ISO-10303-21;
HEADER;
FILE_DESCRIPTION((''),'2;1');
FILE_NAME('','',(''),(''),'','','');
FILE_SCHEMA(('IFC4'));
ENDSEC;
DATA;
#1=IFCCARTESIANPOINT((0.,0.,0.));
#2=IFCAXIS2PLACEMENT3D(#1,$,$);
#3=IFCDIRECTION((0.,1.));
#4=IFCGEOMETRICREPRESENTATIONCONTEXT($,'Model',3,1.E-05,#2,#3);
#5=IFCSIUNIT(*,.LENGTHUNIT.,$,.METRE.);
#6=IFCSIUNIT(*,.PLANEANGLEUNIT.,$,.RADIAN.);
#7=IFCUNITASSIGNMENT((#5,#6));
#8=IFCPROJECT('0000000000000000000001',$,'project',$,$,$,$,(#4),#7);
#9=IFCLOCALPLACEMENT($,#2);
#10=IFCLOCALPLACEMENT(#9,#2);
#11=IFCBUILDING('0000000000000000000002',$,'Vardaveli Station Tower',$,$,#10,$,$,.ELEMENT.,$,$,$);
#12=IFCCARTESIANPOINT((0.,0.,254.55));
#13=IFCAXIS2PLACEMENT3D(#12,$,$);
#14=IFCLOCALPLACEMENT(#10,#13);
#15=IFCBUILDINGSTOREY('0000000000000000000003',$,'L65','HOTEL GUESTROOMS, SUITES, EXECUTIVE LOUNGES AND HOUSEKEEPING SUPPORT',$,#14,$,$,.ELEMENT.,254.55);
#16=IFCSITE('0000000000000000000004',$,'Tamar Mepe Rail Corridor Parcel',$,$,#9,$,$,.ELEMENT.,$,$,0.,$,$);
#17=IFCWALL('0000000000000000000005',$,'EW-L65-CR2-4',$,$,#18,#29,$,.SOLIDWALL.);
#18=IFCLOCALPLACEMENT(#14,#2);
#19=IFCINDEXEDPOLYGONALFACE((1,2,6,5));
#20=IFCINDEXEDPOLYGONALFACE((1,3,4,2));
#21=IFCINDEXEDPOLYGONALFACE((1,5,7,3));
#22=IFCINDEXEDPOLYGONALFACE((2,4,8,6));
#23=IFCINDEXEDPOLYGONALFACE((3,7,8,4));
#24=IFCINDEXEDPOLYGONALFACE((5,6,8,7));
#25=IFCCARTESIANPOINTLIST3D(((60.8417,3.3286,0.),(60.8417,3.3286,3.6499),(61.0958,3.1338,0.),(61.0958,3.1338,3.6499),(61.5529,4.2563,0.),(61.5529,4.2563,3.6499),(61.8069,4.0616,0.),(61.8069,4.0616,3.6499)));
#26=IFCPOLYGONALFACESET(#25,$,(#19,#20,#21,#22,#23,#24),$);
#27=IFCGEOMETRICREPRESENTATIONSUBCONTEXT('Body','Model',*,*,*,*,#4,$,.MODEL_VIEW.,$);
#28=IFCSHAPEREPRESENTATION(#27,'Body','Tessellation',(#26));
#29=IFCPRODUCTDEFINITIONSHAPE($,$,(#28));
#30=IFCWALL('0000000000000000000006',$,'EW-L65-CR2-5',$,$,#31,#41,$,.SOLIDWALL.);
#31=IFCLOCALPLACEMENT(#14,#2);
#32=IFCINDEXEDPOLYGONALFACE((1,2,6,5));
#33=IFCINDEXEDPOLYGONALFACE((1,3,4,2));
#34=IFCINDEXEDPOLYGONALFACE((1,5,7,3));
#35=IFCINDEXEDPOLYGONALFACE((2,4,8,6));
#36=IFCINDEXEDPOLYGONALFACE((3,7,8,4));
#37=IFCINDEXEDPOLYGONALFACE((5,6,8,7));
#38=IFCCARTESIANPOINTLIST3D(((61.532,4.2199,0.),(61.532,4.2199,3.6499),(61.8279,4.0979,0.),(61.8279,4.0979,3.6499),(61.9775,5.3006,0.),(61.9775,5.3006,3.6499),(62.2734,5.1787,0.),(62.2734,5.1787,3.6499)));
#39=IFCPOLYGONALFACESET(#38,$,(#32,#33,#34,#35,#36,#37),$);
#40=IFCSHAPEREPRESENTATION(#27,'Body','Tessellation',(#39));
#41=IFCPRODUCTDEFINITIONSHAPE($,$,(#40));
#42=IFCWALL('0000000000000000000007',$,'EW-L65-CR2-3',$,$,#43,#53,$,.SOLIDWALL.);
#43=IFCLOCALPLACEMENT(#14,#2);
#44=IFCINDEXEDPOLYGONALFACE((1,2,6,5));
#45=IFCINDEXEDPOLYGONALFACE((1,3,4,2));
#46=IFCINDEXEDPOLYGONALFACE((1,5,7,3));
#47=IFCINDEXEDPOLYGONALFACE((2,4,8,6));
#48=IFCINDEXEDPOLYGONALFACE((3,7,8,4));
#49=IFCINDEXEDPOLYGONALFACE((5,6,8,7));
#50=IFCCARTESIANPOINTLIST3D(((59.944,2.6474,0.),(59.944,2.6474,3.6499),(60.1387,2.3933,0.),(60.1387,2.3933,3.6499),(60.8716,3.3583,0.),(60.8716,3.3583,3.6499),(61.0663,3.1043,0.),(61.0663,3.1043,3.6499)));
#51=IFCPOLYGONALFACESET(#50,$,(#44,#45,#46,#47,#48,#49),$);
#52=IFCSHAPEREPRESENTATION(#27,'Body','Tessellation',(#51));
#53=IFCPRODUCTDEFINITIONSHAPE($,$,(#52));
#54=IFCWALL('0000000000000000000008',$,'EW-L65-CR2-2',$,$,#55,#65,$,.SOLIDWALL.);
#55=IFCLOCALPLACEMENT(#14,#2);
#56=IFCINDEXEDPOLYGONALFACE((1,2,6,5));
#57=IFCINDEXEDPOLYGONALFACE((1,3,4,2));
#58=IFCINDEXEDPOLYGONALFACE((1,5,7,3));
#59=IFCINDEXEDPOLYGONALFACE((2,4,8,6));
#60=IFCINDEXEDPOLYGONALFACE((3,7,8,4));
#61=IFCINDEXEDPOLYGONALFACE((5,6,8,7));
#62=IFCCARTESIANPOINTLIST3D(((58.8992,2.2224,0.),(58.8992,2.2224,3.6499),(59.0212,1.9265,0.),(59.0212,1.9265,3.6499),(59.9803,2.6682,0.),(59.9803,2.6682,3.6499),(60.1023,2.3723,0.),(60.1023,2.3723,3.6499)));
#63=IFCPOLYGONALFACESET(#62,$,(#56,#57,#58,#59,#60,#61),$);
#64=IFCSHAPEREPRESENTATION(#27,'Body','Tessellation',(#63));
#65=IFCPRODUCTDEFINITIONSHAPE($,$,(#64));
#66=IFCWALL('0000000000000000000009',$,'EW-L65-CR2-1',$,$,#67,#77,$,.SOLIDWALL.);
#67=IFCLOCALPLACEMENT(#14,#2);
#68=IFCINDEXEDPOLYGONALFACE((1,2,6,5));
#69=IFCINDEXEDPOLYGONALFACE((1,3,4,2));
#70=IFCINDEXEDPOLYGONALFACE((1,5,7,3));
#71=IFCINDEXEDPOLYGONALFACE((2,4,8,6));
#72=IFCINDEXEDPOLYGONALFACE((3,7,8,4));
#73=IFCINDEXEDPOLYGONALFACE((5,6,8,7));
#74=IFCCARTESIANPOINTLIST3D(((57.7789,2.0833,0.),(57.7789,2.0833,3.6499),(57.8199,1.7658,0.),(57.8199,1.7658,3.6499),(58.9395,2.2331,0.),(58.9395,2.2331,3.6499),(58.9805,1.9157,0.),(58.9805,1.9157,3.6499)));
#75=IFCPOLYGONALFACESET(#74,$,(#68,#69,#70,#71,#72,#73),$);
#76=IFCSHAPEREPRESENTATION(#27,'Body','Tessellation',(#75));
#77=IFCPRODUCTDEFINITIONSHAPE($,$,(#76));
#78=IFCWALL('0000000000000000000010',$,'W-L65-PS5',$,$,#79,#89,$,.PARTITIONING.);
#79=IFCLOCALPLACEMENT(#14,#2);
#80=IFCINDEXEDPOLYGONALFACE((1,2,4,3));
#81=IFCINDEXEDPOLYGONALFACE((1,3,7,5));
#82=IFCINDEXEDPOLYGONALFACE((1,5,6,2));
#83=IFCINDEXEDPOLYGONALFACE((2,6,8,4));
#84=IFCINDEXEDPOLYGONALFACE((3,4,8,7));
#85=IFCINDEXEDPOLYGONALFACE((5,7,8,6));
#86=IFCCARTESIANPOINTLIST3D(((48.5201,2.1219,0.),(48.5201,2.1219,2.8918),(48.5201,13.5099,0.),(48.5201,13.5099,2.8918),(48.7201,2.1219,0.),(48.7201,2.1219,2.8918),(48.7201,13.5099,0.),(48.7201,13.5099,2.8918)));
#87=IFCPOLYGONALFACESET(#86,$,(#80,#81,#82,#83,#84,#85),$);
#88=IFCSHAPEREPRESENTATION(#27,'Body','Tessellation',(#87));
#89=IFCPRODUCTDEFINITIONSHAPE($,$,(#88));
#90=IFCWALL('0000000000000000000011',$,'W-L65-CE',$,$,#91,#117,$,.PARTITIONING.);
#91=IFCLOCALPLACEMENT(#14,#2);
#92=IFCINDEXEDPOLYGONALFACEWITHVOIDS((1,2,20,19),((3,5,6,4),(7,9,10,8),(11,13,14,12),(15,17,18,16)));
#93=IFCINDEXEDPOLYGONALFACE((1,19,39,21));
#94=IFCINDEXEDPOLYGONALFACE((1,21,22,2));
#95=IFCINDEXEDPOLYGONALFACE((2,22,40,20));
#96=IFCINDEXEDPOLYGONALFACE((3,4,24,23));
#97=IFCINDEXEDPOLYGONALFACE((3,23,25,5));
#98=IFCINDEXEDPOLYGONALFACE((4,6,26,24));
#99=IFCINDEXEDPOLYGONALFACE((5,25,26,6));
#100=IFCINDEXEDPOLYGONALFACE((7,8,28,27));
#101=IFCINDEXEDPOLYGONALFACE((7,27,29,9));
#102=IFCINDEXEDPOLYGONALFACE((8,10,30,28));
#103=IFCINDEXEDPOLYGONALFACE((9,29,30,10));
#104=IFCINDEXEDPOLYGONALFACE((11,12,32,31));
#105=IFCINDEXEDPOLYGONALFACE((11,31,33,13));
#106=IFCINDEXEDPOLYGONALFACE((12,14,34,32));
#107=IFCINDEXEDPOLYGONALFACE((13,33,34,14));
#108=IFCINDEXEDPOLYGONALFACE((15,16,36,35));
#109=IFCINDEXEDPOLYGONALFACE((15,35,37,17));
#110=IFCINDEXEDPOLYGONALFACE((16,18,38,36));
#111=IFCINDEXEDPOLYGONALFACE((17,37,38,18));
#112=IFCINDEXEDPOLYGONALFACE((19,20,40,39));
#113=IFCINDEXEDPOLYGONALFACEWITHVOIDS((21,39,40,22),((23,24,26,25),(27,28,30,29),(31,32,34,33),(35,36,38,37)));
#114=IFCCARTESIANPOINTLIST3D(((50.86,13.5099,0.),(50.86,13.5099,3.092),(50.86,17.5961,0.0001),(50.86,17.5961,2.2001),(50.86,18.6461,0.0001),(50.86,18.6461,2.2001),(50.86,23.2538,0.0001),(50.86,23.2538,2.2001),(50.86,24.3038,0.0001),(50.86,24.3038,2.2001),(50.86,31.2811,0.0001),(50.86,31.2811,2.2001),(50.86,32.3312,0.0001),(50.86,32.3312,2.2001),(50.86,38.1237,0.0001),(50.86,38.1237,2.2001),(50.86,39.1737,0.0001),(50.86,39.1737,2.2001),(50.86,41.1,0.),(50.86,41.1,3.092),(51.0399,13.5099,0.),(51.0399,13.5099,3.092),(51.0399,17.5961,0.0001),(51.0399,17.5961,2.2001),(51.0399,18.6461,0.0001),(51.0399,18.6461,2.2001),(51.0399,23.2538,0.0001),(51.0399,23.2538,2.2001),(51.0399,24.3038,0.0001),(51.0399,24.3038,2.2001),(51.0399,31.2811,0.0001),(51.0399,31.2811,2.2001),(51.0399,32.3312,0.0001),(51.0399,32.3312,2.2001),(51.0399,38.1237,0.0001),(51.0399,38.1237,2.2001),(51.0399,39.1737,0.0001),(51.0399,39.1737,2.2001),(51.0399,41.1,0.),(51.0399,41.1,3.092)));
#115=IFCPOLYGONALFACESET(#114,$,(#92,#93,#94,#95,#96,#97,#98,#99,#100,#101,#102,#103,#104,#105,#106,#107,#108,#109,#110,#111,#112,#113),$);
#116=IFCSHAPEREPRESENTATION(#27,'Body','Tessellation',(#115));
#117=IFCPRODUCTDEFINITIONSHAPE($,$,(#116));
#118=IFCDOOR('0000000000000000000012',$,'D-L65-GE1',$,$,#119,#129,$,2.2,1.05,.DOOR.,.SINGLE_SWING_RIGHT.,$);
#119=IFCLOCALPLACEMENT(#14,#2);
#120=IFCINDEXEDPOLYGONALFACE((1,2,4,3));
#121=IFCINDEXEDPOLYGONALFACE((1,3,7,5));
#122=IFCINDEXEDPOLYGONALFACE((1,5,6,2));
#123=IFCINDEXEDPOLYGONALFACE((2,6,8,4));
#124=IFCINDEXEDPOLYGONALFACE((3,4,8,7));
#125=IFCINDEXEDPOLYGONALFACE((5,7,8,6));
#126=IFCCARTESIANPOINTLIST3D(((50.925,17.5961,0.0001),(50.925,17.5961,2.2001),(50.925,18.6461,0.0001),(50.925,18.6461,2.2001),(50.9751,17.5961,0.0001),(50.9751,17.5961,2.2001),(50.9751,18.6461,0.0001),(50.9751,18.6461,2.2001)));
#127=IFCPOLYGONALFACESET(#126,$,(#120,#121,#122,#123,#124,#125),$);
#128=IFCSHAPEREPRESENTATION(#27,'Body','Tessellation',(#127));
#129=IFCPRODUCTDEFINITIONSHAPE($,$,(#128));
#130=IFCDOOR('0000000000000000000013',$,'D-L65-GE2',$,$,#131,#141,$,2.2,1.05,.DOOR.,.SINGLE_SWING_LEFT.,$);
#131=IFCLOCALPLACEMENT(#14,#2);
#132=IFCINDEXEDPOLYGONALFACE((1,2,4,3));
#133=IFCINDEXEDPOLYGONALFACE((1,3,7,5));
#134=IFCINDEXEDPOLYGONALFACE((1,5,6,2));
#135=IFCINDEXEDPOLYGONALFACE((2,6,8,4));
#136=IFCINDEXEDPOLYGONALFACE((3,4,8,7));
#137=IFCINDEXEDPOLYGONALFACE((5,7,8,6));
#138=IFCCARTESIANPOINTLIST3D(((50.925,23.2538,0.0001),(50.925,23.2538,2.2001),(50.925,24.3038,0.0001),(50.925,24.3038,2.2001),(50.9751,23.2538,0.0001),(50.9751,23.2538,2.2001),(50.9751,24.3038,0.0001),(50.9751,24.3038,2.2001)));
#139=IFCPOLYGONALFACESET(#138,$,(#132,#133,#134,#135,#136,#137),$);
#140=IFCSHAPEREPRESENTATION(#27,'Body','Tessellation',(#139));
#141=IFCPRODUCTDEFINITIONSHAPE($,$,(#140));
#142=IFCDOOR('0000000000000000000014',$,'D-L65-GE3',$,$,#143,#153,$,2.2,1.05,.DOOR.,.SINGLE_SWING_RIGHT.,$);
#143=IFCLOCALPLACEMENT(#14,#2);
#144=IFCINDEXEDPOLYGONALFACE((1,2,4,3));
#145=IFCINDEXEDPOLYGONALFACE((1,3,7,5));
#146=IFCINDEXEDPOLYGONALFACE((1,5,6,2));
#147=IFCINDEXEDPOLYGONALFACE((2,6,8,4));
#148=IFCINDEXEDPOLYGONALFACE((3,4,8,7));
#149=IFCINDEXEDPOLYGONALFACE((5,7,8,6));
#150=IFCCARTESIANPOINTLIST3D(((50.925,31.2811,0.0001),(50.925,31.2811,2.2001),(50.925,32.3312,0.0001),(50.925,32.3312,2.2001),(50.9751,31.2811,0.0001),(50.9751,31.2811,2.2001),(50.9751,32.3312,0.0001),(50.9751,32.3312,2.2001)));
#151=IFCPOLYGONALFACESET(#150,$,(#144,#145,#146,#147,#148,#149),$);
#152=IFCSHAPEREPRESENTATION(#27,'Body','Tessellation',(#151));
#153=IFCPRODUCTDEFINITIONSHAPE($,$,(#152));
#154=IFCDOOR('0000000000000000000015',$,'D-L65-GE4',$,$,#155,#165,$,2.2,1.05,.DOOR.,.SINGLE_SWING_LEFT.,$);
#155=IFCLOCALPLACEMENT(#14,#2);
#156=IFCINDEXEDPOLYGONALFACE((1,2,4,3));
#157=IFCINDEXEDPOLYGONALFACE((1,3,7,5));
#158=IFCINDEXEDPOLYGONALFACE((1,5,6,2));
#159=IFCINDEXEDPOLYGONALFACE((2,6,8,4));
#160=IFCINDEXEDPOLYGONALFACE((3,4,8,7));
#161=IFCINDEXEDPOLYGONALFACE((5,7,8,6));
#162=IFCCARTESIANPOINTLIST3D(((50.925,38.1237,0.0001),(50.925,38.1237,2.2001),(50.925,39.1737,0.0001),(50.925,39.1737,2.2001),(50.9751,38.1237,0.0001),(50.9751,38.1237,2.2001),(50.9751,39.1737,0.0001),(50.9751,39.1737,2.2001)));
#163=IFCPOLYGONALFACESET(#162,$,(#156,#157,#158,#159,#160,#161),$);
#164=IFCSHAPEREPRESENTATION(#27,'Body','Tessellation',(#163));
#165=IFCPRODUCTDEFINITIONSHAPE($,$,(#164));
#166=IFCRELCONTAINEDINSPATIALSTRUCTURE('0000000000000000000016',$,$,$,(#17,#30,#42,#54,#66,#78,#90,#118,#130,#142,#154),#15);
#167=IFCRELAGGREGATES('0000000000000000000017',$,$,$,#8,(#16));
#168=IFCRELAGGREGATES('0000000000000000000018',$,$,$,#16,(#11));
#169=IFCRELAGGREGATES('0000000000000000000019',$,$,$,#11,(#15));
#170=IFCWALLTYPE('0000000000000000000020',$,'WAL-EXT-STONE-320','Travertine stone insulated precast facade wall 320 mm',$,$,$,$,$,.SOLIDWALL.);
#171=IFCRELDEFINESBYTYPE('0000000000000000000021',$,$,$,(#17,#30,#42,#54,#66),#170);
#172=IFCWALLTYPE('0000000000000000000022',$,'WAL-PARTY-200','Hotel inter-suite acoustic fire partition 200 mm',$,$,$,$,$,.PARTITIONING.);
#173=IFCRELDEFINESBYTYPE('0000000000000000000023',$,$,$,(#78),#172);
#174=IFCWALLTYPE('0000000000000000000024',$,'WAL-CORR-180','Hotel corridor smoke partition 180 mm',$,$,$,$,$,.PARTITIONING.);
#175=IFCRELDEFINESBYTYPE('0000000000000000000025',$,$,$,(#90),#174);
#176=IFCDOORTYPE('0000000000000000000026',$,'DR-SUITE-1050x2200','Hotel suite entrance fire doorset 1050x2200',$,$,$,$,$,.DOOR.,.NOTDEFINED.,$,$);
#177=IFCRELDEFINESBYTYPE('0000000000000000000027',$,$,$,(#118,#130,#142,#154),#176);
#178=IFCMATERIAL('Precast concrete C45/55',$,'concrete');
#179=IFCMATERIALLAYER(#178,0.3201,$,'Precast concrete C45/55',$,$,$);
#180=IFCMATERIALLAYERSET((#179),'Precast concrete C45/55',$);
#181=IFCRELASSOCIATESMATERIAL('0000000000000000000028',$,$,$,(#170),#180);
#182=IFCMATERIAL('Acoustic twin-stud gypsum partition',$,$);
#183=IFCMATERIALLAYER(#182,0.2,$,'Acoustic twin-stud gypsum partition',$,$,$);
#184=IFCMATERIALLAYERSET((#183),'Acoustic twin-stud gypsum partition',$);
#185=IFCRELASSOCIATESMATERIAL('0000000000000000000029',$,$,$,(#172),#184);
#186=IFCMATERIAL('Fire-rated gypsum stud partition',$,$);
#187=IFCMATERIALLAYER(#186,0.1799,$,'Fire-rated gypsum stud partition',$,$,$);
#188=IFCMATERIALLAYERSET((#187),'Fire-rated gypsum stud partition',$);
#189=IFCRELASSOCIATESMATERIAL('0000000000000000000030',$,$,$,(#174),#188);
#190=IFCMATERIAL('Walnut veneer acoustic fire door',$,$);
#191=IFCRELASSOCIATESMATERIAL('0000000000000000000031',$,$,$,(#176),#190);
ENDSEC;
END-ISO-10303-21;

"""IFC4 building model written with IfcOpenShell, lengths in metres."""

from ifc_helpers import new_model, si_unit, direction, frame, frame_2d, origin, place, context, subcontext, project, spatial, rectangle, extrude, source, transform, mapped, material, layer, layer_set, type_object, element, fill, save


model = new_model("IFC4")

# Units and contexts
model_context = context("Model", 3, precision=1e-05, world=origin(), true_north=direction((0.0, 1.0)))
body_context = subcontext(model_context, "Body", "Model", "MODEL_VIEW")
ifc_project = project(units=[si_unit("LENGTHUNIT", "METRE"), si_unit("PLANEANGLEUNIT", "RADIAN")], contexts=[model_context])

# Site, building, storey
site_placement = place(None, origin())
site = spatial("IfcSite", under=ifc_project, at=site_placement, Name="Tamar Mepe Rail Corridor Parcel", CompositionType="ELEMENT", RefElevation=0.0)
building_placement = place(site_placement, origin())
building = spatial("IfcBuilding", under=site, at=building_placement, Name="Vardaveli Station Tower", CompositionType="ELEMENT")
storey_placement = place(building_placement, frame((0.0, 0.0, 254.55)))
storey = spatial("IfcBuildingStorey", under=building, at=storey_placement, Name="L65", Description="HOTEL GUESTROOMS, SUITES, EXECUTIVE LOUNGES AND HOUSEKEEPING SUPPORT", CompositionType="ELEMENT", Elevation=254.55)

# Shared definitions
ifc_material_1 = material(Name="Precast concrete C45/55", Category="concrete")

# Shared definitions
ifc_layer_1 = layer(ifc_material_1, 0.3201, Name="Precast concrete C45/55")
ifc_layer_set_1 = layer_set([ifc_layer_1], Name="Precast concrete C45/55")
wall_type_1 = type_object("IfcWallType", Name="WAL-EXT-STONE-320", Description="Travertine stone insulated precast facade wall 320 mm", PredefinedType="SOLIDWALL", material=ifc_layer_set_1)

# Walls
shared_shape_1 = source(origin(), body_context, "Body", "SweptSolid", [
    extrude(rectangle(XDim=1.1689, YDim=0.3201, at=frame_2d((0.5845, 0.0))), origin(), (0.0, 0.0, 1.0), 3.6499),
])
for number, where, z_axis, x_axis, name in (
    (1, (60.9688, 3.2312, 0.0), (0.0, 0.0, 1.0), (0.608388, 0.79364, 0.0), "EW-L65-CR2-4"),
    (2, (61.6799, 4.1589, 0.0), (0.0, 0.0, 1.0), (0.381128, 0.924522, 0.0), "EW-L65-CR2-5"),
):
    element("IfcWall", number, at=place(storey_placement, frame(where, z_axis=z_axis, x_axis=x_axis)), inside=storey, type_object=wall_type_1, Name=name, PredefinedType="SOLIDWALL", context=body_context, shape_type="MappedRepresentation", body=[
        mapped(shared_shape_1, transform((0.0, 0.0, 0.0), scale=1.0)),
    ])
shared_shape_2 = source(origin(), body_context, "Body", "SweptSolid", [
    extrude(rectangle(XDim=1.1687, YDim=0.3201, at=frame_2d((0.5845, 0.0))), origin(), (0.0, 0.0, 1.0), 3.6499),
])
wall_1_placement = place(storey_placement, frame((60.0413, 2.5203, 0.0), z_axis=(0.0, 0.0, 1.0), x_axis=(0.793664, 0.608357, 0.0)))
element("IfcWall", 3, at=wall_1_placement, inside=storey, type_object=wall_type_1, Name="EW-L65-CR2-3", PredefinedType="SOLIDWALL", context=body_context, shape_type="MappedRepresentation", body=[
    mapped(shared_shape_2, transform((0.0, 0.0, 0.0), scale=1.0)),
])
shared_shape_3 = source(origin(), body_context, "Body", "SweptSolid", [
    extrude(rectangle(XDim=1.1694, YDim=0.3201, at=frame_2d((0.5847, 0.0))), origin(), (0.0, 0.0, 1.0), 3.6499),
])
wall_2_placement = place(storey_placement, frame((58.9602, 2.0745, 0.0), z_axis=(0.0, 0.0, 1.0), x_axis=(0.924479, 0.381233, 0.0)))
element("IfcWall", 4, at=wall_2_placement, inside=storey, type_object=wall_type_1, Name="EW-L65-CR2-2", PredefinedType="SOLIDWALL", context=body_context, shape_type="MappedRepresentation", body=[
    mapped(shared_shape_3, transform((0.0, 0.0, 0.0), scale=1.0)),
])
shared_shape_4 = source(origin(), body_context, "Body", "SweptSolid", [
    extrude(rectangle(XDim=1.1702, YDim=0.3201, at=frame_2d((0.585, 0.0))), origin(), (0.0, 0.0, 1.0), 3.6499),
])
wall_3_placement = place(storey_placement, frame((57.7996, 1.9246, 0.0), z_axis=(0.0, 0.0, 1.0), x_axis=(0.991762, 0.12809, 0.0)))
element("IfcWall", 5, at=wall_3_placement, inside=storey, type_object=wall_type_1, Name="EW-L65-CR2-1", PredefinedType="SOLIDWALL", context=body_context, shape_type="MappedRepresentation", body=[
    mapped(shared_shape_4, transform((0.0, 0.0, 0.0), scale=1.0)),
])
ifc_material_2 = material(Name="Acoustic twin-stud gypsum partition")
ifc_layer_2 = layer(ifc_material_2, 0.2, Name="Acoustic twin-stud gypsum partition")
ifc_layer_set_2 = layer_set([ifc_layer_2], Name="Acoustic twin-stud gypsum partition")
wall_type_2 = type_object("IfcWallType", Name="WAL-PARTY-200", Description="Hotel inter-suite acoustic fire partition 200 mm", PredefinedType="PARTITIONING", material=ifc_layer_set_2)
shared_shape_5 = source(origin(), body_context, "Body", "SweptSolid", [
    extrude(rectangle(XDim=11.3879, YDim=0.2, at=frame_2d((5.6938, 0.0))), origin(), (0.0, 0.0, 1.0), 2.8918),
])
wall_4_placement = place(storey_placement, frame((48.6201, 2.1221, 0.0), z_axis=(0.0, 0.0, 1.0), x_axis=(0.0, 1.0, 0.0)))
element("IfcWall", 6, at=wall_4_placement, inside=storey, type_object=wall_type_2, Name="W-L65-PS5", PredefinedType="PARTITIONING", context=body_context, shape_type="MappedRepresentation", body=[
    mapped(shared_shape_5, transform((0.0, 0.0, 0.0), scale=1.0)),
])

# Wall, openings, doors
ifc_material_3 = material(Name="Fire-rated gypsum stud partition")
ifc_layer_3 = layer(ifc_material_3, 0.1799, Name="Fire-rated gypsum stud partition")
ifc_layer_set_3 = layer_set([ifc_layer_3], Name="Fire-rated gypsum stud partition")
wall_type_3 = type_object("IfcWallType", Name="WAL-CORR-180", Description="Hotel corridor smoke partition 180 mm", PredefinedType="PARTITIONING", material=ifc_layer_set_3)
shared_shape_6 = source(origin(), body_context, "Body", "SweptSolid", [
    extrude(rectangle(XDim=27.5901, YDim=0.1799, at=frame_2d((13.7949, 0.0))), origin(), (0.0, 0.0, 1.0), 3.092),
])
wall_5_placement = place(storey_placement, frame((50.95, 13.51, 0.0), z_axis=(0.0, 0.0, 1.0), x_axis=(0.0, 1.0, 0.0)))
wall_5 = element("IfcWall", 7, at=wall_5_placement, inside=storey, type_object=wall_type_3, Name="W-L65-CE", PredefinedType="PARTITIONING", context=body_context, shape_type="MappedRepresentation", body=[
    mapped(shared_shape_6, transform((0.0, 0.0, 0.0), scale=1.0)),
])
shared_shape_7 = source(origin(), body_context, "Body", "SweptSolid", [
    extrude(rectangle(XDim=1.05, YDim=2.2, at=frame_2d((0.5249, 1.1001))), frame((0.0, 0.1001, 0.0), z_axis=(0.0, -1.0, 0.0), x_axis=(1.0, 0.0, 0.0)), (0.0, 0.0, 1.0), 0.2),
])
opening_1_placement = place(wall_5_placement, frame((4.0862, 0.0, 0.0)))
opening_1 = element("IfcOpeningElement", 8, at=opening_1_placement, cuts=wall_5, PredefinedType="OPENING", context=body_context, shape_type="MappedRepresentation", body=[
    mapped(shared_shape_7, transform((0.0, 0.0, 0.0), scale=1.0)),
])
opening_2_placement = place(wall_5_placement, frame((9.7439, 0.0, 0.0)))
opening_2 = element("IfcOpeningElement", 9, at=opening_2_placement, cuts=wall_5, PredefinedType="OPENING", context=body_context, shape_type="MappedRepresentation", body=[
    mapped(shared_shape_7, transform((0.0, 0.0, 0.0), scale=1.0)),
])
opening_3_placement = place(wall_5_placement, frame((17.7712, 0.0, 0.0)))
opening_3 = element("IfcOpeningElement", 10, at=opening_3_placement, cuts=wall_5, PredefinedType="OPENING", context=body_context, shape_type="MappedRepresentation", body=[
    mapped(shared_shape_7, transform((0.0, 0.0, 0.0), scale=1.0)),
])
opening_4_placement = place(wall_5_placement, frame((24.6138, 0.0, 0.0)))
opening_4 = element("IfcOpeningElement", 11, at=opening_4_placement, cuts=wall_5, PredefinedType="OPENING", context=body_context, shape_type="MappedRepresentation", body=[
    mapped(shared_shape_7, transform((0.0, 0.0, 0.0), scale=1.0)),
])
ifc_material_4 = material(Name="Walnut veneer acoustic fire door")
door_type_1 = type_object("IfcDoorType", Name="DR-SUITE-1050x2200", Description="Hotel suite entrance fire doorset 1050x2200", OperationType="NOTDEFINED", PredefinedType="DOOR", material=ifc_material_4)
shared_shape_8 = source(origin(), body_context, "Body", "SweptSolid", [
    extrude(rectangle(XDim=1.05, YDim=2.2, at=frame_2d((0.5249, 1.1001))), frame((0.0, 0.0249, 0.0), z_axis=(0.0, -1.0, 0.0), x_axis=(1.0, 0.0, 0.0)), (0.0, 0.0, 1.0), 0.05),
])
door_1_placement = place(opening_1_placement, origin())
door_1 = element("IfcDoor", 12, at=door_1_placement, inside=storey, type_object=door_type_1, Name="D-L65-GE1", OperationType="SINGLE_SWING_RIGHT", OverallHeight=2.2, OverallWidth=1.05, PredefinedType="DOOR", context=body_context, shape_type="MappedRepresentation", body=[
    mapped(shared_shape_8, transform((0.0, 0.0, 0.0), scale=1.0)),
])
fill(opening_1, door_1)
door_2_placement = place(opening_2_placement, origin())
door_2 = element("IfcDoor", 13, at=door_2_placement, inside=storey, type_object=door_type_1, Name="D-L65-GE2", OperationType="SINGLE_SWING_LEFT", OverallHeight=2.2, OverallWidth=1.05, PredefinedType="DOOR", context=body_context, shape_type="MappedRepresentation", body=[
    mapped(shared_shape_8, transform((0.0, 0.0, 0.0), scale=1.0)),
])
fill(opening_2, door_2)
door_3_placement = place(opening_3_placement, origin())
door_3 = element("IfcDoor", 14, at=door_3_placement, inside=storey, type_object=door_type_1, Name="D-L65-GE3", OperationType="SINGLE_SWING_RIGHT", OverallHeight=2.2, OverallWidth=1.05, PredefinedType="DOOR", context=body_context, shape_type="MappedRepresentation", body=[
    mapped(shared_shape_8, transform((0.0, 0.0, 0.0), scale=1.0)),
])
fill(opening_3, door_3)
door_4_placement = place(opening_4_placement, origin())
door_4 = element("IfcDoor", 15, at=door_4_placement, inside=storey, type_object=door_type_1, Name="D-L65-GE4", OperationType="SINGLE_SWING_LEFT", OverallHeight=2.2, OverallWidth=1.05, PredefinedType="DOOR", context=body_context, shape_type="MappedRepresentation", body=[
    mapped(shared_shape_8, transform((0.0, 0.0, 0.0), scale=1.0)),
])
fill(opening_4, door_4)

save(model, "model.ifc")
